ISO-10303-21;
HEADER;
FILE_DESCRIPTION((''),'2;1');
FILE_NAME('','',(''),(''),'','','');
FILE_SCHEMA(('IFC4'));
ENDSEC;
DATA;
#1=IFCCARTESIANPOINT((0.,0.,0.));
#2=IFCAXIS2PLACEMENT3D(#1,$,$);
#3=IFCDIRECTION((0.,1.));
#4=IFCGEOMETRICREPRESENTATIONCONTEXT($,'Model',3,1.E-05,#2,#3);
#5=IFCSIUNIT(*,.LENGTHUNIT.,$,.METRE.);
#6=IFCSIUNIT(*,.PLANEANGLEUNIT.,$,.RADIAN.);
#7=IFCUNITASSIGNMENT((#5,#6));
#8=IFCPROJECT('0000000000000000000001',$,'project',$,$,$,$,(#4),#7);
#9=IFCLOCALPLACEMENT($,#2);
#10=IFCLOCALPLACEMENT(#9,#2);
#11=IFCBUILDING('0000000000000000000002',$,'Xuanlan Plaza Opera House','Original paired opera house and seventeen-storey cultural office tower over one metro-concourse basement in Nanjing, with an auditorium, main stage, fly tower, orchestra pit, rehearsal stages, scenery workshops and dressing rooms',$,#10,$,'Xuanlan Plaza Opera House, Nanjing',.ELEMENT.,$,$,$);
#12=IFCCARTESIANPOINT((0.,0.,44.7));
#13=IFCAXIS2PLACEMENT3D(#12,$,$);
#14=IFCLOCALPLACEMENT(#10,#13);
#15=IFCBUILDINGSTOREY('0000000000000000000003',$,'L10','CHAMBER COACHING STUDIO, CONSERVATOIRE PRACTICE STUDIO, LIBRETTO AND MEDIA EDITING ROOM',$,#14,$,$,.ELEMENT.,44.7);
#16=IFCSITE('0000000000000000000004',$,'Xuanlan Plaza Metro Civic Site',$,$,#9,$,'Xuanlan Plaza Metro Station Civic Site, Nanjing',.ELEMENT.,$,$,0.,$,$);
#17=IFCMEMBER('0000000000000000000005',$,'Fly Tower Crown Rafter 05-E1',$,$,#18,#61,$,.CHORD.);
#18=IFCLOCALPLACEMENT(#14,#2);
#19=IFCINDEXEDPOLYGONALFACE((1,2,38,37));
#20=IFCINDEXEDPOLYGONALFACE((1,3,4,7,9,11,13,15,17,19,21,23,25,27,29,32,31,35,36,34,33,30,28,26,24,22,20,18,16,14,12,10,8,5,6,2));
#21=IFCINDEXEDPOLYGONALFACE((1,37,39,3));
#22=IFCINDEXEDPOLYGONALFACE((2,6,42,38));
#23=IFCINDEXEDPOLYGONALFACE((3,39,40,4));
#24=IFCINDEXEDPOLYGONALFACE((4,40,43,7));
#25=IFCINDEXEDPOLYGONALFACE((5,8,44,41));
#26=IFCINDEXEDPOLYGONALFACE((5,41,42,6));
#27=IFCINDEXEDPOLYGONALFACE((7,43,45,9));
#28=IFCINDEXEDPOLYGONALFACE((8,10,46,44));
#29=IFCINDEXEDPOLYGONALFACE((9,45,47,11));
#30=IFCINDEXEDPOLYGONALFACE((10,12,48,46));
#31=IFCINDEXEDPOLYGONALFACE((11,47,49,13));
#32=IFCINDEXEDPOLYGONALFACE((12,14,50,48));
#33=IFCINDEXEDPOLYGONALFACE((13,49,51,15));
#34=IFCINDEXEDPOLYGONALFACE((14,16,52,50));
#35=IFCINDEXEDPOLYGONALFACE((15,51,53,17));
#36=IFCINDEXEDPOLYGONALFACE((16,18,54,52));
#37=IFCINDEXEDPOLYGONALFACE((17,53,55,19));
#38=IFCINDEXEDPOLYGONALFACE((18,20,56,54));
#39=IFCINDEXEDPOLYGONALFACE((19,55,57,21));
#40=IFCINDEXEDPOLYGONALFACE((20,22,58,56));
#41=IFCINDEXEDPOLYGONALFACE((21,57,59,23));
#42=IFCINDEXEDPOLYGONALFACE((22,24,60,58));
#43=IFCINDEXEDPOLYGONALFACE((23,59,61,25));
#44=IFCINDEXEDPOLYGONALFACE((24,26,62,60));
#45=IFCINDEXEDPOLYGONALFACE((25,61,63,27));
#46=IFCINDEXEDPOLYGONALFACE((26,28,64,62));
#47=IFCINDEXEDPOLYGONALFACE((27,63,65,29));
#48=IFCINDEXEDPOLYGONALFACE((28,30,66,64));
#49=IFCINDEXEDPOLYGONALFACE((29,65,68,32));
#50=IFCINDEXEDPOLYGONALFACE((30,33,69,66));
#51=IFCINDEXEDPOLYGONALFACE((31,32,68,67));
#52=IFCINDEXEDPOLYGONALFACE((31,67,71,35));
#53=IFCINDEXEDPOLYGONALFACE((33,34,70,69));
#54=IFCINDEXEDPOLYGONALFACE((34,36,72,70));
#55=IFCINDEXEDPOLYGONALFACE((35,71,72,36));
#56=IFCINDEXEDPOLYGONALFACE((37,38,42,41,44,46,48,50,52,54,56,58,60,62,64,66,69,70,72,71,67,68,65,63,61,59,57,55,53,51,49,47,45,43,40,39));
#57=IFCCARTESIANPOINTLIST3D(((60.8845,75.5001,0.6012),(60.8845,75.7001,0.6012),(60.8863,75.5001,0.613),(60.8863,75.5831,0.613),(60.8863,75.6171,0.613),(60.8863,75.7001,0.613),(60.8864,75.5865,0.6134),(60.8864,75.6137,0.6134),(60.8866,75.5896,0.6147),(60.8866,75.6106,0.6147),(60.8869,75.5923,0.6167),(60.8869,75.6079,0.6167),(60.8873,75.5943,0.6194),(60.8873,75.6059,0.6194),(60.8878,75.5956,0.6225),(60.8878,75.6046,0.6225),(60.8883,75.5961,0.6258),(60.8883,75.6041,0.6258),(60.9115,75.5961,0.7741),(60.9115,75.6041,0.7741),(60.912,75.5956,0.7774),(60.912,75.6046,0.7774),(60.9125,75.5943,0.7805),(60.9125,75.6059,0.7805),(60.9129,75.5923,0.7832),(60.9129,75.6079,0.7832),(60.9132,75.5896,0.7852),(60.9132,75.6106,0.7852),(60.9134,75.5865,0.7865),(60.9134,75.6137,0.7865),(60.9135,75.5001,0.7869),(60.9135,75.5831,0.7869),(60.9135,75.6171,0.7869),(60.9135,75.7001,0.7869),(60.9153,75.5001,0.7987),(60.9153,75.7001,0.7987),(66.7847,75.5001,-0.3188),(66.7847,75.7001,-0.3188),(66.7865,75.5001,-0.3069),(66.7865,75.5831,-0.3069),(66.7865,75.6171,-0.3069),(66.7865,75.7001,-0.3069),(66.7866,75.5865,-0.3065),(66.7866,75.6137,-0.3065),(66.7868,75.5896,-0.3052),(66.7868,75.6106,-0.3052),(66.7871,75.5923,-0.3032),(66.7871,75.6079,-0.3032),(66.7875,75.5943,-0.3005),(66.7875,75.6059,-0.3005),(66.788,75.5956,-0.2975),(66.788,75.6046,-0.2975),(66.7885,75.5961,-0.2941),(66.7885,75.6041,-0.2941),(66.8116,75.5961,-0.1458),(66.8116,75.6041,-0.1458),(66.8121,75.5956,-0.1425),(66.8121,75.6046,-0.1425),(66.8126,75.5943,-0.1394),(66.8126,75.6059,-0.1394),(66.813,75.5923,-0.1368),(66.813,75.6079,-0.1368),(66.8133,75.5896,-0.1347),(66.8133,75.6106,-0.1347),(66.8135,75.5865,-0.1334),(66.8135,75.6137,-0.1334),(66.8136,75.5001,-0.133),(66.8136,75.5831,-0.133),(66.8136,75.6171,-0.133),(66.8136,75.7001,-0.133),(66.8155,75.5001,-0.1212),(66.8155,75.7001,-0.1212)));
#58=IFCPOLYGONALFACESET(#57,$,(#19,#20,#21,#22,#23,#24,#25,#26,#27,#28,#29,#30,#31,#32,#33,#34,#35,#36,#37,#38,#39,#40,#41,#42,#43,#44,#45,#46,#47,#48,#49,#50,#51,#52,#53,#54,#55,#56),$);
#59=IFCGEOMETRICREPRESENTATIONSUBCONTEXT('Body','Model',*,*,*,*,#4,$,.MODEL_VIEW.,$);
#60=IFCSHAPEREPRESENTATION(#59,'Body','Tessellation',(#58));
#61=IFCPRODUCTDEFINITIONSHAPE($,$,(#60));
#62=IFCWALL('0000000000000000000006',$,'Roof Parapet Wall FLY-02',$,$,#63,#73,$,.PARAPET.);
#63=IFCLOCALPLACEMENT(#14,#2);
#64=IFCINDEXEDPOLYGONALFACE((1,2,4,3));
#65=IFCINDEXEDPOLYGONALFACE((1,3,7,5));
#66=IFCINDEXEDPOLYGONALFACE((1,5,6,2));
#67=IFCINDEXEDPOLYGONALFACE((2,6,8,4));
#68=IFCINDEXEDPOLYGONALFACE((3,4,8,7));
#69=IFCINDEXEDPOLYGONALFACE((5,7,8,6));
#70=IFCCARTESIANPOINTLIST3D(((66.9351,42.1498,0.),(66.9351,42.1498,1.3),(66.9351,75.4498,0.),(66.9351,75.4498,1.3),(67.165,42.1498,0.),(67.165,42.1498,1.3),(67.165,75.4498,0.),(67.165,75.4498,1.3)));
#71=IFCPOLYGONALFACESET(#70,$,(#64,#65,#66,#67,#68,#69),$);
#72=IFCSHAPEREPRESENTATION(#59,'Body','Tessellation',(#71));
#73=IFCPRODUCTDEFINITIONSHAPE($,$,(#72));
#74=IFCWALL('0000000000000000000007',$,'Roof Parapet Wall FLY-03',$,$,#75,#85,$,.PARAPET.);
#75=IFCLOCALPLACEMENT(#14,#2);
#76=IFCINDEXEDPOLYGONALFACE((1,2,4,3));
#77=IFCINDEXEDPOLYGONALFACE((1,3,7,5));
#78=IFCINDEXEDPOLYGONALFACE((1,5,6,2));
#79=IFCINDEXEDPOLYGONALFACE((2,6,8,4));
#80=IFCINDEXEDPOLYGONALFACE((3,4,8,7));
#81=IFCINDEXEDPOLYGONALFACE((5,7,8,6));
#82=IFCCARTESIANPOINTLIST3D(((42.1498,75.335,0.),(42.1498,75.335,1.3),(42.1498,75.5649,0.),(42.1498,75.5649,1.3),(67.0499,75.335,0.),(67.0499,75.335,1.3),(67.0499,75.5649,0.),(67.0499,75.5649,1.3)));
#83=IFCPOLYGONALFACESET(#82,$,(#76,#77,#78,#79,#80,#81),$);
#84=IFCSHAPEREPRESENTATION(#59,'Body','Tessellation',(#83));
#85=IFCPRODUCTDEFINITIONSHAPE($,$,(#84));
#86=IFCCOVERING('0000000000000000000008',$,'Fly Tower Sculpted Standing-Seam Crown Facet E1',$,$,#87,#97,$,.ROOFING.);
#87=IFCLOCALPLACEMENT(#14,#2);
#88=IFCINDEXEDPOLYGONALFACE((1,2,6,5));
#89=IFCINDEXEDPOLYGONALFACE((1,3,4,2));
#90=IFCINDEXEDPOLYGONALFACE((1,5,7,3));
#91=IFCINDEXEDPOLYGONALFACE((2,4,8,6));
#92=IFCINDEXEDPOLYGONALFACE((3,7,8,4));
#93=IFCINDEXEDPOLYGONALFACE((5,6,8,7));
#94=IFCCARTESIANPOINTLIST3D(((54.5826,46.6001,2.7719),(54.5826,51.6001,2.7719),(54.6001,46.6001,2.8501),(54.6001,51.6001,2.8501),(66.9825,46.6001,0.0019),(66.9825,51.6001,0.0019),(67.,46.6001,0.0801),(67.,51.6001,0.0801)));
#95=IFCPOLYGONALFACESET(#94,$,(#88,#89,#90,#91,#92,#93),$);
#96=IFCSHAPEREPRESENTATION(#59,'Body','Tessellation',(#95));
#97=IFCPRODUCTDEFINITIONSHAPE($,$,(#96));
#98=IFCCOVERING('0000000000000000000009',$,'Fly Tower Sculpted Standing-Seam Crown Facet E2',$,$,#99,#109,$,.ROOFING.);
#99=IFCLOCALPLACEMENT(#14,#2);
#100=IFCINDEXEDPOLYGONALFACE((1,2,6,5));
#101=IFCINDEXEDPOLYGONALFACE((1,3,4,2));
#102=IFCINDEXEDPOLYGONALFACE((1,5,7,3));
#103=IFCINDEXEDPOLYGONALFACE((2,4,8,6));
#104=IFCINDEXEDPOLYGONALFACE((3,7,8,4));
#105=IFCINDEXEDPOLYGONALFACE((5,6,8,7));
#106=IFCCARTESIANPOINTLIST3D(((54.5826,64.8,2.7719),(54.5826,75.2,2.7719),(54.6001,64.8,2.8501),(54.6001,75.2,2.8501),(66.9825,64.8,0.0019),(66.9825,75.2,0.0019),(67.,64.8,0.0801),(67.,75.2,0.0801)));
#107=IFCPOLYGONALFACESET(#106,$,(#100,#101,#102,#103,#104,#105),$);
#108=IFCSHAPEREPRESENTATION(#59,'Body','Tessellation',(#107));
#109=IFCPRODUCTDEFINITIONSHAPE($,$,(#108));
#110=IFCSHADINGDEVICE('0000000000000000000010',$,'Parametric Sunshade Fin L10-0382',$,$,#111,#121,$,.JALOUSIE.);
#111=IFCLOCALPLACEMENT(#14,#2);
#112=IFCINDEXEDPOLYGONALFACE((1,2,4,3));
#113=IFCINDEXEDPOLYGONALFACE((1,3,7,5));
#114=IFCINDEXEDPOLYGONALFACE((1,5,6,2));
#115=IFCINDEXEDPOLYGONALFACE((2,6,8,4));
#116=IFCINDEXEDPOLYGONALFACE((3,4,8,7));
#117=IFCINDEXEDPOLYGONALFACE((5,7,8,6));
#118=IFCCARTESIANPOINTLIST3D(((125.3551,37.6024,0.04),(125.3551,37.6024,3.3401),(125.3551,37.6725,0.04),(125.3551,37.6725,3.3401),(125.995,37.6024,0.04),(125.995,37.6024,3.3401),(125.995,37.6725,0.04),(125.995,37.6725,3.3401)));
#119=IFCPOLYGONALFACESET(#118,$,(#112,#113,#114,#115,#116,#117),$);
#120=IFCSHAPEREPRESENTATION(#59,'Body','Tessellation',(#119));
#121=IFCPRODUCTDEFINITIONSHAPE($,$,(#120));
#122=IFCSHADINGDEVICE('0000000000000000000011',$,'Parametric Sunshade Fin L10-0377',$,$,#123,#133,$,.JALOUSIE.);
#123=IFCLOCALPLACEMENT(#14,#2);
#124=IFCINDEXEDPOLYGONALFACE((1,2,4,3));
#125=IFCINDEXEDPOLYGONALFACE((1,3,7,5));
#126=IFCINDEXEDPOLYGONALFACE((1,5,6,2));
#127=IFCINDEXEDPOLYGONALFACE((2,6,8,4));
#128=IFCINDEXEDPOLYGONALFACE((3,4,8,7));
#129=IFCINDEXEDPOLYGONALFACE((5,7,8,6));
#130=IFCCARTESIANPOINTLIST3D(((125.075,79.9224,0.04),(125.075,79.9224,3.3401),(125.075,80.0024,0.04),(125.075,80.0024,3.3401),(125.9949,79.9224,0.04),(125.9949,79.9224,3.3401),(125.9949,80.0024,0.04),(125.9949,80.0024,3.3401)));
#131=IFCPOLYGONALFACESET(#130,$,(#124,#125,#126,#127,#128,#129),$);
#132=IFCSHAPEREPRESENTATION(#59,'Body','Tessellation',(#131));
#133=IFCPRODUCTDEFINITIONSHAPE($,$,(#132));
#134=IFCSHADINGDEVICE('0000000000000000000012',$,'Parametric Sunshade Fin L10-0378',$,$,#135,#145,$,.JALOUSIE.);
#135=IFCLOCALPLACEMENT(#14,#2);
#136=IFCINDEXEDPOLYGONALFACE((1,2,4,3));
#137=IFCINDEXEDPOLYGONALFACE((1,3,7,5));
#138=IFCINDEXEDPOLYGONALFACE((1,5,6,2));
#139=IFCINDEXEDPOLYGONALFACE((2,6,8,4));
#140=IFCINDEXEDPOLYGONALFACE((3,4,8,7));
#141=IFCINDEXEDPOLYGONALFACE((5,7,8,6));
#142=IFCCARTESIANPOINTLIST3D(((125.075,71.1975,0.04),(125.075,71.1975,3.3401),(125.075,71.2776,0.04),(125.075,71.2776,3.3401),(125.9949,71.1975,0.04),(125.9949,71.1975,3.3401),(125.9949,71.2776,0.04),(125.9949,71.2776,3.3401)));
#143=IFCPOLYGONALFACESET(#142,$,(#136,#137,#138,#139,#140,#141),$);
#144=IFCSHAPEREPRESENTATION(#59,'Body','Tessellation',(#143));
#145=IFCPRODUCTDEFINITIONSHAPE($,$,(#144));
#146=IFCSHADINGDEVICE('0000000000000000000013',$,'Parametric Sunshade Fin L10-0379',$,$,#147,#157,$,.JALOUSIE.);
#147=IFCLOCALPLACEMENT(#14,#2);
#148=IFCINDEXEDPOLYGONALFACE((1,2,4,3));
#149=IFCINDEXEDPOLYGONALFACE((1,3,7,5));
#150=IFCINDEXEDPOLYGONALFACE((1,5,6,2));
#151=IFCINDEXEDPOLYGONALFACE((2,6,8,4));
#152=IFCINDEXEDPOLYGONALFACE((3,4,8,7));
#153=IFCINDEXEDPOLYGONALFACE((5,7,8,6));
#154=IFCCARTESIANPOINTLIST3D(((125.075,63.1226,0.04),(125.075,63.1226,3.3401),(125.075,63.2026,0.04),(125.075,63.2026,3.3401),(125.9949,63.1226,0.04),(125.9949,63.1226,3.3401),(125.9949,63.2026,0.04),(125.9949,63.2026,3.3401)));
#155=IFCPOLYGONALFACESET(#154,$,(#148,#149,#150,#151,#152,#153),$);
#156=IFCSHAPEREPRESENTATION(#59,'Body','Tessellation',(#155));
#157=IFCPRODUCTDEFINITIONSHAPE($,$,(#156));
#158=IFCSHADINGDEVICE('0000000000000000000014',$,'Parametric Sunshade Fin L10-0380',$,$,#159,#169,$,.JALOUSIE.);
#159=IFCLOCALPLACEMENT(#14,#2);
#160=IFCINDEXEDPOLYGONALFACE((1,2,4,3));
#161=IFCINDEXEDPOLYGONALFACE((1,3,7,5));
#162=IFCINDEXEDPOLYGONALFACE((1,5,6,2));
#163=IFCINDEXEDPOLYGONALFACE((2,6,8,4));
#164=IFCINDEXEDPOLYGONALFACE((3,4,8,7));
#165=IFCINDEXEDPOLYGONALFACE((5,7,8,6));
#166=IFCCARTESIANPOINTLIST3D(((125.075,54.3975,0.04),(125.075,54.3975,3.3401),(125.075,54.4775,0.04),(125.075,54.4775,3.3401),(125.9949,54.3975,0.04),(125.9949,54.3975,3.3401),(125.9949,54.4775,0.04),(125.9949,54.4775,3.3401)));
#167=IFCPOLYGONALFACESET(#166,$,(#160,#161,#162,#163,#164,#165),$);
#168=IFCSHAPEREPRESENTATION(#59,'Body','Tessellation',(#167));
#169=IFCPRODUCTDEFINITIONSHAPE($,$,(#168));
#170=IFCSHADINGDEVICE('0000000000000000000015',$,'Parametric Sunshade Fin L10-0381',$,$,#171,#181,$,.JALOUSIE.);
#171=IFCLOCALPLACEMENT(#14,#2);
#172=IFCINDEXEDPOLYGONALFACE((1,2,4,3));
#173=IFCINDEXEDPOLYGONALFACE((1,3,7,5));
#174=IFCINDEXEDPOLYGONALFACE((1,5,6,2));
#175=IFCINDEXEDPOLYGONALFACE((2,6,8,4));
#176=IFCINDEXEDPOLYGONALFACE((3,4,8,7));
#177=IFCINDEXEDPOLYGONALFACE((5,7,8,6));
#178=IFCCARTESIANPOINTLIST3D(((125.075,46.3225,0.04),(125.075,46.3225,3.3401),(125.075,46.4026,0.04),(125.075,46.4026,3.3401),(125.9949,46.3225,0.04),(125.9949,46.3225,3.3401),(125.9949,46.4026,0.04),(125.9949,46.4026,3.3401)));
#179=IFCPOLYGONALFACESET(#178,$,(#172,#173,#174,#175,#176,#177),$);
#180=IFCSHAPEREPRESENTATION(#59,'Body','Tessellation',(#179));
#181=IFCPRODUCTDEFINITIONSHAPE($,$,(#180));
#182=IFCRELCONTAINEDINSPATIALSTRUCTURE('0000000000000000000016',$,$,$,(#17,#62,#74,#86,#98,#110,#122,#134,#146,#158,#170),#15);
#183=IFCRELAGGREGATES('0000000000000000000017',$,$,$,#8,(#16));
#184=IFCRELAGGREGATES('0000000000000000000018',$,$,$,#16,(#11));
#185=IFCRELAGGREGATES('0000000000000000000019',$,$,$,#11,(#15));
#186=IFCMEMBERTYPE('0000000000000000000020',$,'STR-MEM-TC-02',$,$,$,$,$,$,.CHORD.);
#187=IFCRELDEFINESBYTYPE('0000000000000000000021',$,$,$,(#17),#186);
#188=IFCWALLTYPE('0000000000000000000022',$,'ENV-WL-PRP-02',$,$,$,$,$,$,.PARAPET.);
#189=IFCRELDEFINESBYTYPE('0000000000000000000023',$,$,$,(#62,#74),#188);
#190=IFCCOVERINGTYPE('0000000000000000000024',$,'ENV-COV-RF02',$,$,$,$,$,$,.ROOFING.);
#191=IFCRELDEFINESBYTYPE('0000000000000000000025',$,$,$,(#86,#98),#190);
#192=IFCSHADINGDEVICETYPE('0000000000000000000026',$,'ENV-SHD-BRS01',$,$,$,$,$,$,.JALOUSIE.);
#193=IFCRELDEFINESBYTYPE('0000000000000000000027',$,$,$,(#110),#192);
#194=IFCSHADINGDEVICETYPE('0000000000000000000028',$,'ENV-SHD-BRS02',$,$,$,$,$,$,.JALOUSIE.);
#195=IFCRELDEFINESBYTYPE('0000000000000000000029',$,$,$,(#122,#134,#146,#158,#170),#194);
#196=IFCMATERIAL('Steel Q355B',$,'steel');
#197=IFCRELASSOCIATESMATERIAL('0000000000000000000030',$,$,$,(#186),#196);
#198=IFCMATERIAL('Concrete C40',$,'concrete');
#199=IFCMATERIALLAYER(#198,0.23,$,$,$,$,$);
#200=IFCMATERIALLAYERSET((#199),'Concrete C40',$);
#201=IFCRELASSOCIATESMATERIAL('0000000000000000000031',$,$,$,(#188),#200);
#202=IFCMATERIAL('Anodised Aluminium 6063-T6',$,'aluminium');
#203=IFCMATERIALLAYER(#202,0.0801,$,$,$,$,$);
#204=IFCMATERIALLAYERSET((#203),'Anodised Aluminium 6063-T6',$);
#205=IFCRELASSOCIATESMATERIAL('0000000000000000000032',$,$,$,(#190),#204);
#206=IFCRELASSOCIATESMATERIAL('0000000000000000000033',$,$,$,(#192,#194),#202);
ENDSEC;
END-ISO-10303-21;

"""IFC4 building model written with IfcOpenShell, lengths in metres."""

from ifc_helpers import new_model, si_unit, direction, frame, frame_2d, origin, origin_2d, place, context, subcontext, project, spatial, polyline, rectangle, i_section, outline, extrude, material, layer, layer_set, material_profile, profile_set, type_object, element, save


model = new_model("IFC4")

# Units and contexts
model_context = context("Model", 3, precision=1e-05, world=origin(), true_north=direction((0.0, 1.0)))
body_context = subcontext(model_context, "Body", "Model", "MODEL_VIEW")
ifc_project = project(units=[si_unit("LENGTHUNIT", "METRE"), si_unit("PLANEANGLEUNIT", "RADIAN")], contexts=[model_context])

# Site, building, storey
site_placement = place(None, origin())
site = spatial("IfcSite", under=ifc_project, at=site_placement, Name="Xuanlan Plaza Metro Civic Site", LongName="Xuanlan Plaza Metro Station Civic Site, Nanjing", CompositionType="ELEMENT", RefElevation=0.0)
building_placement = place(site_placement, origin())
building = spatial("IfcBuilding", under=site, at=building_placement, Name="Xuanlan Plaza Opera House", Description="Original paired opera house and seventeen-storey cultural office tower over one metro-concourse basement in Nanjing, with an auditorium, main stage, fly tower, orchestra pit, rehearsal stages, scenery workshops and dressing rooms", LongName="Xuanlan Plaza Opera House, Nanjing", CompositionType="ELEMENT")
storey_placement = place(building_placement, frame((0.0, 0.0, 44.7)))
storey = spatial("IfcBuildingStorey", under=building, at=storey_placement, Name="L10", Description="CHAMBER COACHING STUDIO, CONSERVATOIRE PRACTICE STUDIO, LIBRETTO AND MEDIA EDITING ROOM", CompositionType="ELEMENT", Elevation=44.7)

# Shared definitions
ifc_material_1 = material(Name="Steel Q355B", Category="steel")

# Shared definitions
ifc_material_2 = material(Name="Concrete C40", Category="concrete")

# Member
ifc_material_profile_1 = material_profile(ifc_material_1, i_section(OverallWidth=0.2, OverallDepth=0.2, WebThickness=0.0081, FlangeThickness=0.012, FilletRadius=0.0129, at=origin_2d()), Name="HW 200x200x8x12")
ifc_profile_set_1 = profile_set([ifc_material_profile_1], Name="Steel Q355B")
member_type_1 = type_object("IfcMemberType", Name="STR-MEM-TC-02", PredefinedType="CHORD", material=ifc_profile_set_1)
member_1_placement = place(storey_placement, frame((60.8999, 75.6001, 0.7), z_axis=(0.988062, 0.0, -0.154054), x_axis=(0.0, 1.0, 0.0)))
element("IfcMember", 1, at=member_1_placement, inside=storey, type_object=member_type_1, Name="Fly Tower Crown Rafter 05-E1", PredefinedType="CHORD", context=body_context, shape_type="SweptSolid", body=[
    extrude(i_section(OverallWidth=0.2, OverallDepth=0.2, WebThickness=0.0081, FlangeThickness=0.012, FilletRadius=0.0129, at=origin_2d()), origin(), (0.0, 0.0, 1.0), 5.9714),
])

# Walls
ifc_layer_1 = layer(ifc_material_2, 0.23)
ifc_layer_set_1 = layer_set([ifc_layer_1], Name="Concrete C40")
wall_type = type_object("IfcWallType", Name="ENV-WL-PRP-02", PredefinedType="PARAPET", material=ifc_layer_set_1)
wall_1_placement = place(storey_placement, frame((67.05, 42.1499, 0.0), z_axis=(0.0, 0.0, 1.0), x_axis=(0.0, 1.0, 0.0)))
element("IfcWall", 2, at=wall_1_placement, inside=storey, type_object=wall_type, Name="Roof Parapet Wall FLY-02", PredefinedType="PARAPET", context=body_context, shape_type="SweptSolid", body=[
    extrude(rectangle(XDim=33.3, YDim=0.23, at=frame_2d((16.6499, 0.0))), origin(), (0.0, 0.0, 1.0), 1.3),
])
wall_2_placement = place(storey_placement, frame((67.05, 75.45, 0.0), z_axis=(0.0, 0.0, 1.0), x_axis=(-1.0, 0.0, 0.0)))
element("IfcWall", 3, at=wall_2_placement, inside=storey, type_object=wall_type, Name="Roof Parapet Wall FLY-03", PredefinedType="PARAPET", context=body_context, shape_type="SweptSolid", body=[
    extrude(rectangle(XDim=24.9001, YDim=0.23, at=frame_2d((12.4502, 0.0))), origin(), (0.0, 0.0, 1.0), 1.3),
])

# Coverings
ifc_material_3 = material(Name="Anodised Aluminium 6063-T6", Category="aluminium")
ifc_layer_2 = layer(ifc_material_3, 0.0801)
ifc_layer_set_2 = layer_set([ifc_layer_2], Name="Anodised Aluminium 6063-T6")
covering_type = type_object("IfcCoveringType", Name="ENV-COV-RF02", PredefinedType="ROOFING", material=ifc_layer_set_2)
covering_1_placement = place(storey_placement, frame((54.6001, 46.6001, 2.8501), z_axis=(0.218017, 0.0, 0.975945), x_axis=(0.975945, 0.0, -0.218017)))
element("IfcCovering", 4, at=covering_1_placement, inside=storey, type_object=covering_type, Name="Fly Tower Sculpted Standing-Seam Crown Facet E1", PredefinedType="ROOFING", context=body_context, shape_type="SweptSolid", body=[
    extrude(outline(polyline([(0.0, 0.0), (12.7055, 0.0), (12.7055, 5.0), (0.0, 5.0), (0.0, 0.0)])), origin(), (0.0, 0.0, -1.0), 0.0801),
])
covering_2_placement = place(storey_placement, frame((54.6001, 64.8, 2.8501), z_axis=(0.218017, 0.0, 0.975945), x_axis=(0.975945, 0.0, -0.218017)))
element("IfcCovering", 5, at=covering_2_placement, inside=storey, type_object=covering_type, Name="Fly Tower Sculpted Standing-Seam Crown Facet E2", PredefinedType="ROOFING", context=body_context, shape_type="SweptSolid", body=[
    extrude(outline(polyline([(0.0, 0.0), (12.7055, 0.0), (12.7055, 10.3999), (0.0, 10.3999), (0.0, 0.0)])), origin(), (0.0, 0.0, -1.0), 0.0801),
])

# Shading devices
shading_device_type_1 = type_object("IfcShadingDeviceType", Name="ENV-SHD-BRS01", PredefinedType="JALOUSIE", material=ifc_material_3)
shading_device_placement = place(storey_placement, frame((125.675, 37.6375, 0.04), z_axis=(0.0, 0.0, 1.0), x_axis=(-1.0, 0.0, 0.0)))
element("IfcShadingDevice", 6, at=shading_device_placement, inside=storey, type_object=shading_device_type_1, Name="Parametric Sunshade Fin L10-0382", PredefinedType="JALOUSIE", context=body_context, shape_type="SweptSolid", body=[
    extrude(rectangle(XDim=0.6399, YDim=0.0701, at=origin_2d()), origin(), (0.0, 0.0, 1.0), 3.3),
])
shading_device_type_2 = type_object("IfcShadingDeviceType", Name="ENV-SHD-BRS02", PredefinedType="JALOUSIE", material=ifc_material_3)
for number, where, z_axis, x_axis, name in (
    (7, (125.5349, 79.9624, 0.04), (0.0, 0.0, 1.0), (-1.0, 0.0, 0.0), "Parametric Sunshade Fin L10-0377"),
    (8, (125.5349, 71.2375, 0.04), (0.0, 0.0, 1.0), (-1.0, 0.0, 0.0), "Parametric Sunshade Fin L10-0378"),
    (9, (125.5349, 63.1626, 0.04), (0.0, 0.0, 1.0), (-1.0, 0.0, 0.0), "Parametric Sunshade Fin L10-0379"),
    (10, (125.5349, 54.4375, 0.04), (0.0, 0.0, 1.0), (-1.0, 0.0, 0.0), "Parametric Sunshade Fin L10-0380"),
    (11, (125.5349, 46.3625, 0.04), (0.0, 0.0, 1.0), (-1.0, 0.0, 0.0), "Parametric Sunshade Fin L10-0381"),
):
    element("IfcShadingDevice", number, at=place(storey_placement, frame(where, z_axis=z_axis, x_axis=x_axis)), inside=storey, type_object=shading_device_type_2, Name=name, PredefinedType="JALOUSIE", context=body_context, shape_type="SweptSolid", body=[
        extrude(rectangle(XDim=0.9199, YDim=0.0801, at=origin_2d()), origin(), (0.0, 0.0, 1.0), 3.3),
    ])

save(model, "model.ifc")
